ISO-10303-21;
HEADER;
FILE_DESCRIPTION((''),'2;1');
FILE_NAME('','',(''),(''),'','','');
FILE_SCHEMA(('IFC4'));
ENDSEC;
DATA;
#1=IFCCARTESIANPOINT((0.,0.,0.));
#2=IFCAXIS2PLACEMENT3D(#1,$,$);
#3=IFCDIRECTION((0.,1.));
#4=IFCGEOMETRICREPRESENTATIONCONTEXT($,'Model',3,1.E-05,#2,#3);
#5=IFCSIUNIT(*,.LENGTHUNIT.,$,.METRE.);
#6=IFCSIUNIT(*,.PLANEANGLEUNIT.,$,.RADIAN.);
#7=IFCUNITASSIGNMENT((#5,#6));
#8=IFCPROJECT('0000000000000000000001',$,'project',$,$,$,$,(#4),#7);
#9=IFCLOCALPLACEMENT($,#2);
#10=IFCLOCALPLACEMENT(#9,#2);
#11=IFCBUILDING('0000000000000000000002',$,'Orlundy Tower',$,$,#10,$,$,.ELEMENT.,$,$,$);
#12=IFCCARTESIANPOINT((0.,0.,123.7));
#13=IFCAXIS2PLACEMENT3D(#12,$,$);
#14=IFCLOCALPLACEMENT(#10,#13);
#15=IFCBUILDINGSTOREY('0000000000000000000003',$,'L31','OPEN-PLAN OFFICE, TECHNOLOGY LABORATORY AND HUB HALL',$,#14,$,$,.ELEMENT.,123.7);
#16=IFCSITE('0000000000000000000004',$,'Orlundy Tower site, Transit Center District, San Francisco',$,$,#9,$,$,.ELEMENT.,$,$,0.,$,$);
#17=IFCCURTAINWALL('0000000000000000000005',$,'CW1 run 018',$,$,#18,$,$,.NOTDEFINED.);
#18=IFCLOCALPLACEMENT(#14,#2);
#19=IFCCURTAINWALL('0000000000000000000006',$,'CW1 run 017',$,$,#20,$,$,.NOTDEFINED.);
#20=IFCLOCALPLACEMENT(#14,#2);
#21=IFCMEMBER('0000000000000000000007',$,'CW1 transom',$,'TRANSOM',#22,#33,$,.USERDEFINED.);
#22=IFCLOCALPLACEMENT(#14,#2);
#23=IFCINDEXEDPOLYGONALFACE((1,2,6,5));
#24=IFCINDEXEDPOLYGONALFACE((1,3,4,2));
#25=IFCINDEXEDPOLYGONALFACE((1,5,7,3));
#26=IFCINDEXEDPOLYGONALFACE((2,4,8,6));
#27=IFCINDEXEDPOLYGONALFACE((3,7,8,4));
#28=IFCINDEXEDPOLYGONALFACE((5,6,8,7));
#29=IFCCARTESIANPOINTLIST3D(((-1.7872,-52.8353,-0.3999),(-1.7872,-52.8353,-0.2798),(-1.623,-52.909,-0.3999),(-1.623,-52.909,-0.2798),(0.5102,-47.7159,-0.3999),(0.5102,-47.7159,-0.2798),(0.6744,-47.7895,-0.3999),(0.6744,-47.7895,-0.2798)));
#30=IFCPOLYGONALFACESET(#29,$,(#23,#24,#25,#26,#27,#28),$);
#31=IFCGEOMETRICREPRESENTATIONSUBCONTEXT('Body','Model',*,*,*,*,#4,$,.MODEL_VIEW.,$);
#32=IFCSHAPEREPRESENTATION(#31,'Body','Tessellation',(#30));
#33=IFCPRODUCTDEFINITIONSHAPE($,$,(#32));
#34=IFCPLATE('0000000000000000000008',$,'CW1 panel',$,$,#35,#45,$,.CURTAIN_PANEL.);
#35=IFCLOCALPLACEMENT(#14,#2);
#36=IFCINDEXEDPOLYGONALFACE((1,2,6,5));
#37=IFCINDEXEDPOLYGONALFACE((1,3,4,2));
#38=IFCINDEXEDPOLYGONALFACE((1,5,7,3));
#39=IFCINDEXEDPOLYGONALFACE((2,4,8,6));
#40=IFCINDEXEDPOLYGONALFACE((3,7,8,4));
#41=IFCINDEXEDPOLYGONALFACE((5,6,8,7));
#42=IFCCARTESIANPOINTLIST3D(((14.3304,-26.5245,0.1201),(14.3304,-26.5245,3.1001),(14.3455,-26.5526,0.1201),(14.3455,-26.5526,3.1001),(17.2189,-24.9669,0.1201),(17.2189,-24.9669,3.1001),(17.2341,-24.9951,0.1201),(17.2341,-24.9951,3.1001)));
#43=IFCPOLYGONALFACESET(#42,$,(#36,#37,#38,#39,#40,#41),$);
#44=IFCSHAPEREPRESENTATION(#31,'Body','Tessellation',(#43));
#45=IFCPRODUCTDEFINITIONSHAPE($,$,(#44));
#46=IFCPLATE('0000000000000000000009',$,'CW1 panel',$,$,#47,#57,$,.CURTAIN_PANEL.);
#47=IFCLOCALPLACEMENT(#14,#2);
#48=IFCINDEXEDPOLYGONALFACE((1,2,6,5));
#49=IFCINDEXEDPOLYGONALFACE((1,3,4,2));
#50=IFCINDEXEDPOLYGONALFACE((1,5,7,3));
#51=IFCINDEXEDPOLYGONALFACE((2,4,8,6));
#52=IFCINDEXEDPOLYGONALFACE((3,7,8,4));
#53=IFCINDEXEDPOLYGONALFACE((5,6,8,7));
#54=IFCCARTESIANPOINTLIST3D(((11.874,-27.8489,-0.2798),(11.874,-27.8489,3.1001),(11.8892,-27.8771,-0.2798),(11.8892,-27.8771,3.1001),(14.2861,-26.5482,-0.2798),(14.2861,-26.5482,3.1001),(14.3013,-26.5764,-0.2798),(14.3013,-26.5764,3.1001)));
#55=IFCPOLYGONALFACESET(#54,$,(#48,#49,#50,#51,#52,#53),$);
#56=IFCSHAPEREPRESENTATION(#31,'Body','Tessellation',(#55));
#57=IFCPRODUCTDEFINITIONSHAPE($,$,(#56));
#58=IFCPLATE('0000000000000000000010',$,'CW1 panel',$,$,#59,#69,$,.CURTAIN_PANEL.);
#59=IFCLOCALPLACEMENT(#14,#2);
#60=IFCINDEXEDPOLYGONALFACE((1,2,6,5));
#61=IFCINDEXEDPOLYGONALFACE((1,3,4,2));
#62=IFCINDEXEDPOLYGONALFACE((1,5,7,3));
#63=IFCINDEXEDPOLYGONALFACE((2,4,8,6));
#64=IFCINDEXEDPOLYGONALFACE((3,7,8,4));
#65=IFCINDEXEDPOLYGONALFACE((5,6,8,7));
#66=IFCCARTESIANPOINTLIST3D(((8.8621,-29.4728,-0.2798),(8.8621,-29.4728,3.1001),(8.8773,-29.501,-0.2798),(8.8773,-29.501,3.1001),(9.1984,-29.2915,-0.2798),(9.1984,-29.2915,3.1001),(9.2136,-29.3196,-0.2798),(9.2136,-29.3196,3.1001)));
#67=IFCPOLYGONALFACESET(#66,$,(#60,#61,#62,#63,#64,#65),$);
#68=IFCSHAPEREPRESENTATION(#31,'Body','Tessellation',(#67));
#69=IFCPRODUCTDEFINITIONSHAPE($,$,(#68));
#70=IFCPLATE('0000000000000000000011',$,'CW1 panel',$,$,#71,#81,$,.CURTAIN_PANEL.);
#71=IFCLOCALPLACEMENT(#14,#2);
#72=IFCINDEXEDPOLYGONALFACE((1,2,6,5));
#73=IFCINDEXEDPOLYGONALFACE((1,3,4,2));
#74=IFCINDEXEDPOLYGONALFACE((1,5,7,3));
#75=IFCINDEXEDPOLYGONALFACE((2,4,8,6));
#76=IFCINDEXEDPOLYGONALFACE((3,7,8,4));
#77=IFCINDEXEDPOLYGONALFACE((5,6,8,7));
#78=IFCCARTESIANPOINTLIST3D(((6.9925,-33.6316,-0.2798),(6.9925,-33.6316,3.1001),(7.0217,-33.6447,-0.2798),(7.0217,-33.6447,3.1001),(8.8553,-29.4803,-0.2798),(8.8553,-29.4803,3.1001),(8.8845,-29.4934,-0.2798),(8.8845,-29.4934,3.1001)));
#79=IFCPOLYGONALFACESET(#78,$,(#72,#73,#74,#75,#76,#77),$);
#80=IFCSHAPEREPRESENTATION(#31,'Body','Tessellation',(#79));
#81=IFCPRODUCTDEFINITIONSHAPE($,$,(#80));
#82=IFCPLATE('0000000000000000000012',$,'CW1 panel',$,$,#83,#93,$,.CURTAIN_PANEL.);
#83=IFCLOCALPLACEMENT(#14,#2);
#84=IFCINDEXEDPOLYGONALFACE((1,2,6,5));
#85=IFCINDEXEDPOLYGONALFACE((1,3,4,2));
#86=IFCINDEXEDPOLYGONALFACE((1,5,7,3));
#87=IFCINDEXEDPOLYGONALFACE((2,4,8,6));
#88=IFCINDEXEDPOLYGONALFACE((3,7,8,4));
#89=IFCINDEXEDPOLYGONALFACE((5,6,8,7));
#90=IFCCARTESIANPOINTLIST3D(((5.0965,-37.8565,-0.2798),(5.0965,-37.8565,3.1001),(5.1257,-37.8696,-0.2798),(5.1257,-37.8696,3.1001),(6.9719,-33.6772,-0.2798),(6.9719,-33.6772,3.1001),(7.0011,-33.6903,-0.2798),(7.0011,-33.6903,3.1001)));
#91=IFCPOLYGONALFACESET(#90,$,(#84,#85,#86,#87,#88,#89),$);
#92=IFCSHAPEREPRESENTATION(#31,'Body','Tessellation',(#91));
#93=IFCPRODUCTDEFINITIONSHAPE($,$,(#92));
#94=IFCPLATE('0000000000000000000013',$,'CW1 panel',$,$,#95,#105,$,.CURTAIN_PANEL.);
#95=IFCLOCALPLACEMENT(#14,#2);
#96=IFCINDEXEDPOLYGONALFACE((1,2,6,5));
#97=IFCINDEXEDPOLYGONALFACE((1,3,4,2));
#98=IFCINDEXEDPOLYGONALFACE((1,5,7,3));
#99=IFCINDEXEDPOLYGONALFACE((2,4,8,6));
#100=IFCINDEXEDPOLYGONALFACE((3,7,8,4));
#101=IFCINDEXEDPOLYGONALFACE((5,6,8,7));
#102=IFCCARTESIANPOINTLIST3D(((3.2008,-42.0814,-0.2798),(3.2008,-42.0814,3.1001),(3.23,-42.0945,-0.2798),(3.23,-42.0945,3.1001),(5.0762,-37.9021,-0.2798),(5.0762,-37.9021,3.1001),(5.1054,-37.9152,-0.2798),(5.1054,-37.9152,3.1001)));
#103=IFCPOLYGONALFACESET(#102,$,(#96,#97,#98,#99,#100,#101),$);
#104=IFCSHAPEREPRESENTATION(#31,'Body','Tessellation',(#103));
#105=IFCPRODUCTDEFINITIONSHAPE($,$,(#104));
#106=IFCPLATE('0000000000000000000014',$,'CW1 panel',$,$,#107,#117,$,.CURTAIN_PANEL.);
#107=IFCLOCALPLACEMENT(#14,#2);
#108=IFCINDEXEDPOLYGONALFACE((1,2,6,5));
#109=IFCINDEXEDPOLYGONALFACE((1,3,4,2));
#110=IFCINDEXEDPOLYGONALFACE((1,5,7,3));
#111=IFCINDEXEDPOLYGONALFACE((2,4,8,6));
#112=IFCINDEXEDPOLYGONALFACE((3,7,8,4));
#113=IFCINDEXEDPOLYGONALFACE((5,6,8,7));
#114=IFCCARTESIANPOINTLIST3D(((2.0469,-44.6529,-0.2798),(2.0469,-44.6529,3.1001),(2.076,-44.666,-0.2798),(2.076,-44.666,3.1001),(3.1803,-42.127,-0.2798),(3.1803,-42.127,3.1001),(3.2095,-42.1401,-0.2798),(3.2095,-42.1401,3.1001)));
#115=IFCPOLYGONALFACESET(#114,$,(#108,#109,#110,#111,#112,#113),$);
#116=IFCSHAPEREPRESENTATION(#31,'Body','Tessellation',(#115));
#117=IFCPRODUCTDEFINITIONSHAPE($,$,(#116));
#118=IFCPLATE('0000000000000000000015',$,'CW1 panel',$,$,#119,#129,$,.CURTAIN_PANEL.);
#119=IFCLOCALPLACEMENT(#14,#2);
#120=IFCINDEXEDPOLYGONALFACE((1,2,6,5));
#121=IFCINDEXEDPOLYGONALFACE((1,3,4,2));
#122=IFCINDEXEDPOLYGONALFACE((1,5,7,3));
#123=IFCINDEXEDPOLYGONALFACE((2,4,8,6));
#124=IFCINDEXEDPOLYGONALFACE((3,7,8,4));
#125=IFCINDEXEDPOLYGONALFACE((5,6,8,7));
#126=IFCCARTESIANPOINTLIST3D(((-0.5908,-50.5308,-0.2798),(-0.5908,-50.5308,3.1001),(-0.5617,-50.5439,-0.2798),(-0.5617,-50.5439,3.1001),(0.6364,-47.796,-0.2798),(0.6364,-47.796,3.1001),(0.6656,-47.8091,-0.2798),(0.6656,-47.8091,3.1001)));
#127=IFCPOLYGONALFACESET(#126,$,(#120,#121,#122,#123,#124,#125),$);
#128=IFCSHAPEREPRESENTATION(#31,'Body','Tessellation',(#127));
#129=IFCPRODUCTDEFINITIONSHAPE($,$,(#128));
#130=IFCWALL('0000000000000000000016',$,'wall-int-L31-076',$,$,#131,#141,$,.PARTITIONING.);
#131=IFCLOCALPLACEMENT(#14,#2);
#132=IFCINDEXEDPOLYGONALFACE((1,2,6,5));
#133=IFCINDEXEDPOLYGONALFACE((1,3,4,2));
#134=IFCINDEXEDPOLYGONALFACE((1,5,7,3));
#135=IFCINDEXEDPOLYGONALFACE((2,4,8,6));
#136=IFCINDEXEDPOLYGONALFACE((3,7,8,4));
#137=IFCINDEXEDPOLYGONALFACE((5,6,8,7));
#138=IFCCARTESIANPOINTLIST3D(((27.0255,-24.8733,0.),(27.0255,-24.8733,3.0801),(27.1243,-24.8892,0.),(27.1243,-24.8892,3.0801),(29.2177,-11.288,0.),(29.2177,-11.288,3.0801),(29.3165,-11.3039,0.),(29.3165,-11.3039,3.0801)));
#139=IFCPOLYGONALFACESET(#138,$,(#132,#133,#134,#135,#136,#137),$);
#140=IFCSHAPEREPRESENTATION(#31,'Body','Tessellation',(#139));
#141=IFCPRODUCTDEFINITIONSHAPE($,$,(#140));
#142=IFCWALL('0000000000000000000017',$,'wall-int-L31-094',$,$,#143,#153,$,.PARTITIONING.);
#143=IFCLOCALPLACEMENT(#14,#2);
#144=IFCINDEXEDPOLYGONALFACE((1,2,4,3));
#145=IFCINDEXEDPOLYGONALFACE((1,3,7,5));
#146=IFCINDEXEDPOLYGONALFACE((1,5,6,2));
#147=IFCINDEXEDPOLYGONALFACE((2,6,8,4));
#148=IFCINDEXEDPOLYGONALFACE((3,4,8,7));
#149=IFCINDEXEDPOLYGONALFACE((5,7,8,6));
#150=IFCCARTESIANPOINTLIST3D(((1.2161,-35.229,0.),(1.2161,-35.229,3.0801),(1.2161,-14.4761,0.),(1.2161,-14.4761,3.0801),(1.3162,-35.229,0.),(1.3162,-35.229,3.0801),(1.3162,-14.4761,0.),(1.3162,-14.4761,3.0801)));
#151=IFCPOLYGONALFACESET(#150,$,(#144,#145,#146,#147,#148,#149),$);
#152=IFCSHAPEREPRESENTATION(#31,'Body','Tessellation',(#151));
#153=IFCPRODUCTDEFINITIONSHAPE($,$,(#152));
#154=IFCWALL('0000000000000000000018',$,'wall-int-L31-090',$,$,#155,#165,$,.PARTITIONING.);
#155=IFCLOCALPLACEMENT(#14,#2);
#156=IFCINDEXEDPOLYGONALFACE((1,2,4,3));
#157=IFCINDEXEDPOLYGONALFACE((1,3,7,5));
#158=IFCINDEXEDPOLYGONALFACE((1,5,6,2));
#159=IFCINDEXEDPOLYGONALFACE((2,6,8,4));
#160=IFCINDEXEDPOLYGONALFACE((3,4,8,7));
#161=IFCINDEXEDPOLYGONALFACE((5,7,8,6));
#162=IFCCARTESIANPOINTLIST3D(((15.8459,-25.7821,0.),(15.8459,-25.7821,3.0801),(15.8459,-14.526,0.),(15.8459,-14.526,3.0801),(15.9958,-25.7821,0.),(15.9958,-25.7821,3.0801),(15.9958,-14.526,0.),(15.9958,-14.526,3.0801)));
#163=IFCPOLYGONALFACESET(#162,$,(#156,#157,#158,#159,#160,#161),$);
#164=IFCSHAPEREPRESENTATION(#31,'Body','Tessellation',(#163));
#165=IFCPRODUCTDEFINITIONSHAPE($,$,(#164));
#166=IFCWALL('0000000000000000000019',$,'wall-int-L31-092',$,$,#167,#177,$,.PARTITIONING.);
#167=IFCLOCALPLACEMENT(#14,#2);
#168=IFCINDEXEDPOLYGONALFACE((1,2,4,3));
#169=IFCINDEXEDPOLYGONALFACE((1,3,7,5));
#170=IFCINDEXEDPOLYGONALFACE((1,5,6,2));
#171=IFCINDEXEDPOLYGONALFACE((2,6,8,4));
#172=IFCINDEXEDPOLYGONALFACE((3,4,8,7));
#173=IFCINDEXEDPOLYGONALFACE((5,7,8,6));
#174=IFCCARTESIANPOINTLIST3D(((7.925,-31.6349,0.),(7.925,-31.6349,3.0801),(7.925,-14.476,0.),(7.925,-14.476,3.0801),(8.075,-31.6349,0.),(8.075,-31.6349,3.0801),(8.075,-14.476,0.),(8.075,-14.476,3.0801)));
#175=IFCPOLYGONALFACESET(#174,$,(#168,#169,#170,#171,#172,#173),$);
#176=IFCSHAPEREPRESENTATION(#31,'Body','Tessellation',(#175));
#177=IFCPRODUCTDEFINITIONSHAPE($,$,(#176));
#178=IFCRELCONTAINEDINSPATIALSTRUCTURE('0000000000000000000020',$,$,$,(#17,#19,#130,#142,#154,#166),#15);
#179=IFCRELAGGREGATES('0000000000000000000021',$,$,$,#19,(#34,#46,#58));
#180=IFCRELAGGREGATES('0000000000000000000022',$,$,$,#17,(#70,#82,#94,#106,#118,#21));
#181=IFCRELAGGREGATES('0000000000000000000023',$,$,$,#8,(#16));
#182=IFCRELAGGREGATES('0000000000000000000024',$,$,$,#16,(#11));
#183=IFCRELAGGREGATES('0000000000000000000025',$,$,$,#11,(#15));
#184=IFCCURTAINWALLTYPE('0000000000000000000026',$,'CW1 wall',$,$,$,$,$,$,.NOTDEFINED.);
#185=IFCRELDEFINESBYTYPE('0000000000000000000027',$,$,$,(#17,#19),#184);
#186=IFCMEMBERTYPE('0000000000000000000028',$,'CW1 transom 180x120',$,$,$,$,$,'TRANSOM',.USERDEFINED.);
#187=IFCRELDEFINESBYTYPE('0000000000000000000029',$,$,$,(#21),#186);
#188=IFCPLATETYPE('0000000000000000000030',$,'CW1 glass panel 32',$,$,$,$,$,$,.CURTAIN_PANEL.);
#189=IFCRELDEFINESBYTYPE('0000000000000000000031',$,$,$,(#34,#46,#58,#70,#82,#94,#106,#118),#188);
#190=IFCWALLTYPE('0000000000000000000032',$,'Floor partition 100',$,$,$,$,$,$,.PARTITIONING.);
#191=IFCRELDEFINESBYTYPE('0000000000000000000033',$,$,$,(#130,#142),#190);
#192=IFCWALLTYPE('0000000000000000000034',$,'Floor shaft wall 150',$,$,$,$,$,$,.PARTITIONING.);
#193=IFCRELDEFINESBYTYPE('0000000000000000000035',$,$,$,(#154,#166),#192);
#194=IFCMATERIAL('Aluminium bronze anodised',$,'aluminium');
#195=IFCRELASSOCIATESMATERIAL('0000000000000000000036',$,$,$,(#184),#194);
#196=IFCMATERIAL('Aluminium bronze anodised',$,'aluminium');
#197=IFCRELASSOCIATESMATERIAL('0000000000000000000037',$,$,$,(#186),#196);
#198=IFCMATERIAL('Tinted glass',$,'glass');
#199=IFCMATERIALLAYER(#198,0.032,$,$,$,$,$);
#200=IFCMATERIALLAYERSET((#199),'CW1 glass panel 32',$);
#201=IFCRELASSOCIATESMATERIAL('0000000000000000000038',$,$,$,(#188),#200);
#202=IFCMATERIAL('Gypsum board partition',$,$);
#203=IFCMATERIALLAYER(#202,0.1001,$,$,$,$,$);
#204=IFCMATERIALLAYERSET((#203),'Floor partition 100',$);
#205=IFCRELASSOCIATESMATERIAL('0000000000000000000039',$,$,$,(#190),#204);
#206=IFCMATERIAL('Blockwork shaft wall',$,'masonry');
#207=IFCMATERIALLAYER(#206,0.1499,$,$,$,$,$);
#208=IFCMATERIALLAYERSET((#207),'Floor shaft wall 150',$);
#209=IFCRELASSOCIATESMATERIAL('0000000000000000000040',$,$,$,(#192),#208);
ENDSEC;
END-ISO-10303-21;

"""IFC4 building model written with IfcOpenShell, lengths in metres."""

from ifc_helpers import new_model, si_unit, direction, frame, frame_2d, origin, origin_2d, place, context, subcontext, project, spatial, rectangle, extrude, material, layer, layer_set, material_profile, profile_set, type_object, element, aggregate, save


model = new_model("IFC4")

# Units and contexts
model_context = context("Model", 3, precision=1e-05, world=origin(), true_north=direction((0.0, 1.0)))
body_context = subcontext(model_context, "Body", "Model", "MODEL_VIEW")
ifc_project = project(units=[si_unit("LENGTHUNIT", "METRE"), si_unit("PLANEANGLEUNIT", "RADIAN")], contexts=[model_context])

# Site, building, storey
site_placement = place(None, origin())
site = spatial("IfcSite", under=ifc_project, at=site_placement, Name="Orlundy Tower site, Transit Center District, San Francisco", CompositionType="ELEMENT", RefElevation=0.0)
building_placement = place(site_placement, origin())
building = spatial("IfcBuilding", under=site, at=building_placement, Name="Orlundy Tower", CompositionType="ELEMENT")
storey_placement = place(building_placement, frame((0.0, 0.0, 123.7)))
storey = spatial("IfcBuildingStorey", under=building, at=storey_placement, Name="L31", Description="OPEN-PLAN OFFICE, TECHNOLOGY LABORATORY AND HUB HALL", CompositionType="ELEMENT", Elevation=123.7)

# Curtain walls
ifc_material_1 = material(Name="Aluminium bronze anodised", Category="aluminium")
curtain_wall_type = type_object("IfcCurtainWallType", Name="CW1 wall", PredefinedType="NOTDEFINED", material=ifc_material_1)
curtain_wall_1_placement = place(storey_placement, origin())
curtain_wall_1 = element("IfcCurtainWall", 1, at=curtain_wall_1_placement, inside=storey, type_object=curtain_wall_type, Name="CW1 run 018", PredefinedType="NOTDEFINED")
curtain_wall_2_placement = place(storey_placement, origin())
curtain_wall_2 = element("IfcCurtainWall", 2, at=curtain_wall_2_placement, inside=storey, type_object=curtain_wall_type, Name="CW1 run 017", PredefinedType="NOTDEFINED")

# Member
ifc_material_2 = material(Name="Aluminium bronze anodised", Category="aluminium")
ifc_material_profile_1 = material_profile(ifc_material_2, rectangle(XDim=0.1799, YDim=0.1201, at=origin_2d()), Name="CW1 transom 180x120")
ifc_profile_set_1 = profile_set([ifc_material_profile_1], Name="Aluminium bronze anodised")
member_type_1 = type_object("IfcMemberType", Name="CW1 transom 180x120", ElementType="TRANSOM", PredefinedType="USERDEFINED", material=ifc_profile_set_1)
member_1_placement = place(storey_placement, frame((0.5923, -47.7527, -0.3398), z_axis=(-0.409422, -0.912345, 0.0), x_axis=(0.912345, -0.409422, 0.0)))
member_1 = element("IfcMember", 3, at=member_1_placement, type_object=member_type_1, Name="CW1 transom", ObjectType="TRANSOM", PredefinedType="USERDEFINED", context=body_context, shape_type="SweptSolid", body=[
    extrude(rectangle(XDim=0.1799, YDim=0.1201, at=origin_2d()), origin(), (0.0, 0.0, 1.0), 5.6113),
])

# Plates
ifc_material_3 = material(Name="Tinted glass", Category="glass")
ifc_layer_1 = layer(ifc_material_3, 0.032)
ifc_layer_set_1 = layer_set([ifc_layer_1], Name="CW1 glass panel 32")
plate_type = type_object("IfcPlateType", Name="CW1 glass panel 32", PredefinedType="CURTAIN_PANEL", material=ifc_layer_set_1)
plate_1_placement = place(storey_placement, frame((15.7822, -25.7598, 0.1201), z_axis=(0.0, 0.0, 1.0), x_axis=(-0.880193, -0.474616, 0.0)))
plate_1 = element("IfcPlate", 4, at=plate_1_placement, type_object=plate_type, Name="CW1 panel", PredefinedType="CURTAIN_PANEL", context=body_context, shape_type="SweptSolid", body=[
    extrude(rectangle(XDim=3.2817, YDim=0.032, at=origin_2d()), origin(), (0.0, 0.0, 1.0), 2.98),
])
plate_2_placement = place(storey_placement, frame((13.0876, -27.2126, -0.2798), z_axis=(0.0, 0.0, 1.0), x_axis=(-0.880193, -0.474616, 0.0)))
plate_2 = element("IfcPlate", 5, at=plate_2_placement, type_object=plate_type, Name="CW1 panel", PredefinedType="CURTAIN_PANEL", context=body_context, shape_type="SweptSolid", body=[
    extrude(rectangle(XDim=2.7405, YDim=0.032, at=origin_2d()), origin(), (0.0, 0.0, 1.0), 3.3799),
])
plate_3_placement = place(storey_placement, frame((9.0378, -29.3962, -0.2798), z_axis=(0.0, 0.0, 1.0), x_axis=(-0.880193, -0.474616, 0.0)))
plate_3 = element("IfcPlate", 6, at=plate_3_placement, type_object=plate_type, Name="CW1 panel", PredefinedType="CURTAIN_PANEL", context=body_context, shape_type="SweptSolid", body=[
    extrude(rectangle(XDim=0.3821, YDim=0.032, at=origin_2d()), origin(), (0.0, 0.0, 1.0), 3.3799),
])
aggregate(curtain_wall_2, [plate_1, plate_2, plate_3])
plate_4_placement = place(storey_placement, frame((7.9385, -31.5625, -0.2798), z_axis=(0.0, 0.0, 1.0), x_axis=(-0.409405, -0.912353, 0.0)))
plate_4 = element("IfcPlate", 7, at=plate_4_placement, type_object=plate_type, Name="CW1 panel", PredefinedType="CURTAIN_PANEL", context=body_context, shape_type="SweptSolid", body=[
    extrude(rectangle(XDim=4.55, YDim=0.032, at=origin_2d()), origin(), (0.0, 0.0, 1.0), 3.3799),
])
plate_5_placement = place(storey_placement, frame((6.0488, -35.7734, -0.2798), z_axis=(0.0, 0.0, 1.0), x_axis=(-0.409405, -0.912353, 0.0)))
plate_5 = element("IfcPlate", 8, at=plate_5_placement, type_object=plate_type, Name="CW1 panel", PredefinedType="CURTAIN_PANEL", context=body_context, shape_type="SweptSolid", body=[
    extrude(rectangle(XDim=4.5808, YDim=0.032, at=origin_2d()), origin(), (0.0, 0.0, 1.0), 3.3799),
])
plate_6_placement = place(storey_placement, frame((4.1531, -39.9983, -0.2798), z_axis=(0.0, 0.0, 1.0), x_axis=(-0.409405, -0.912353, 0.0)))
plate_6 = element("IfcPlate", 9, at=plate_6_placement, type_object=plate_type, Name="CW1 panel", PredefinedType="CURTAIN_PANEL", context=body_context, shape_type="SweptSolid", body=[
    extrude(rectangle(XDim=4.5808, YDim=0.032, at=origin_2d()), origin(), (0.0, 0.0, 1.0), 3.3799),
])
plate_7_placement = place(storey_placement, frame((2.6282, -43.3965, -0.2798), z_axis=(0.0, 0.0, 1.0), x_axis=(-0.409405, -0.912353, 0.0)))
plate_7 = element("IfcPlate", 10, at=plate_7_placement, type_object=plate_type, Name="CW1 panel", PredefinedType="CURTAIN_PANEL", context=body_context, shape_type="SweptSolid", body=[
    extrude(rectangle(XDim=2.7686, YDim=0.032, at=origin_2d()), origin(), (0.0, 0.0, 1.0), 3.3799),
])
plate_8_placement = place(storey_placement, frame((0.0374, -49.1699, -0.2798), z_axis=(0.0, 0.0, 1.0), x_axis=(-0.409405, -0.912353, 0.0)))
plate_8 = element("IfcPlate", 11, at=plate_8_placement, type_object=plate_type, Name="CW1 panel", PredefinedType="CURTAIN_PANEL", context=body_context, shape_type="SweptSolid", body=[
    extrude(rectangle(XDim=2.9976, YDim=0.032, at=origin_2d()), origin(), (0.0, 0.0, 1.0), 3.3799),
])
aggregate(curtain_wall_1, [plate_4, plate_5, plate_6, plate_7, plate_8, member_1])

# Walls
ifc_material_4 = material(Name="Gypsum board partition")
ifc_layer_2 = layer(ifc_material_4, 0.1001)
ifc_layer_set_2 = layer_set([ifc_layer_2], Name="Floor partition 100")
wall_type_1 = type_object("IfcWallType", Name="Floor partition 100", PredefinedType="PARTITIONING", material=ifc_layer_set_2)
wall_1_placement = place(storey_placement, frame((27.075, -24.8811, 0.0), z_axis=(0.0, 0.0, 1.0), x_axis=(0.159302, 0.98723, 0.0)))
element("IfcWall", 12, at=wall_1_placement, inside=storey, type_object=wall_type_1, Name="wall-int-L31-076", PredefinedType="PARTITIONING", context=body_context, shape_type="SweptSolid", body=[
    extrude(rectangle(XDim=13.761, YDim=0.1001, at=frame_2d((6.8804, 0.0))), origin(), (0.0, 0.0, 1.0), 3.0801),
])
wall_2_placement = place(storey_placement, frame((1.2661, -35.229, 0.0), z_axis=(0.0, 0.0, 1.0), x_axis=(0.0, 1.0, 0.0)))
element("IfcWall", 13, at=wall_2_placement, inside=storey, type_object=wall_type_1, Name="wall-int-L31-094", PredefinedType="PARTITIONING", context=body_context, shape_type="SweptSolid", body=[
    extrude(rectangle(XDim=20.7529, YDim=0.1001, at=frame_2d((10.3765, 0.0))), origin(), (0.0, 0.0, 1.0), 3.0801),
])
ifc_material_5 = material(Name="Blockwork shaft wall", Category="masonry")
ifc_layer_3 = layer(ifc_material_5, 0.1499)
ifc_layer_set_3 = layer_set([ifc_layer_3], Name="Floor shaft wall 150")
wall_type_2 = type_object("IfcWallType", Name="Floor shaft wall 150", PredefinedType="PARTITIONING", material=ifc_layer_set_3)
wall_3_placement = place(storey_placement, frame((15.9209, -25.782, 0.0), z_axis=(0.0, 0.0, 1.0), x_axis=(0.0, 1.0, 0.0)))
element("IfcWall", 14, at=wall_3_placement, inside=storey, type_object=wall_type_2, Name="wall-int-L31-090", PredefinedType="PARTITIONING", context=body_context, shape_type="SweptSolid", body=[
    extrude(rectangle(XDim=11.2561, YDim=0.1499, at=frame_2d((5.6279, 0.0))), origin(), (0.0, 0.0, 1.0), 3.0801),
])
wall_4_placement = place(storey_placement, frame((8.0, -31.635, 0.0), z_axis=(0.0, 0.0, 1.0), x_axis=(0.0, 1.0, 0.0)))
element("IfcWall", 15, at=wall_4_placement, inside=storey, type_object=wall_type_2, Name="wall-int-L31-092", PredefinedType="PARTITIONING", context=body_context, shape_type="SweptSolid", body=[
    extrude(rectangle(XDim=17.1589, YDim=0.1499, at=frame_2d((8.5796, 0.0))), origin(), (0.0, 0.0, 1.0), 3.0801),
])

save(model, "model.ifc")
